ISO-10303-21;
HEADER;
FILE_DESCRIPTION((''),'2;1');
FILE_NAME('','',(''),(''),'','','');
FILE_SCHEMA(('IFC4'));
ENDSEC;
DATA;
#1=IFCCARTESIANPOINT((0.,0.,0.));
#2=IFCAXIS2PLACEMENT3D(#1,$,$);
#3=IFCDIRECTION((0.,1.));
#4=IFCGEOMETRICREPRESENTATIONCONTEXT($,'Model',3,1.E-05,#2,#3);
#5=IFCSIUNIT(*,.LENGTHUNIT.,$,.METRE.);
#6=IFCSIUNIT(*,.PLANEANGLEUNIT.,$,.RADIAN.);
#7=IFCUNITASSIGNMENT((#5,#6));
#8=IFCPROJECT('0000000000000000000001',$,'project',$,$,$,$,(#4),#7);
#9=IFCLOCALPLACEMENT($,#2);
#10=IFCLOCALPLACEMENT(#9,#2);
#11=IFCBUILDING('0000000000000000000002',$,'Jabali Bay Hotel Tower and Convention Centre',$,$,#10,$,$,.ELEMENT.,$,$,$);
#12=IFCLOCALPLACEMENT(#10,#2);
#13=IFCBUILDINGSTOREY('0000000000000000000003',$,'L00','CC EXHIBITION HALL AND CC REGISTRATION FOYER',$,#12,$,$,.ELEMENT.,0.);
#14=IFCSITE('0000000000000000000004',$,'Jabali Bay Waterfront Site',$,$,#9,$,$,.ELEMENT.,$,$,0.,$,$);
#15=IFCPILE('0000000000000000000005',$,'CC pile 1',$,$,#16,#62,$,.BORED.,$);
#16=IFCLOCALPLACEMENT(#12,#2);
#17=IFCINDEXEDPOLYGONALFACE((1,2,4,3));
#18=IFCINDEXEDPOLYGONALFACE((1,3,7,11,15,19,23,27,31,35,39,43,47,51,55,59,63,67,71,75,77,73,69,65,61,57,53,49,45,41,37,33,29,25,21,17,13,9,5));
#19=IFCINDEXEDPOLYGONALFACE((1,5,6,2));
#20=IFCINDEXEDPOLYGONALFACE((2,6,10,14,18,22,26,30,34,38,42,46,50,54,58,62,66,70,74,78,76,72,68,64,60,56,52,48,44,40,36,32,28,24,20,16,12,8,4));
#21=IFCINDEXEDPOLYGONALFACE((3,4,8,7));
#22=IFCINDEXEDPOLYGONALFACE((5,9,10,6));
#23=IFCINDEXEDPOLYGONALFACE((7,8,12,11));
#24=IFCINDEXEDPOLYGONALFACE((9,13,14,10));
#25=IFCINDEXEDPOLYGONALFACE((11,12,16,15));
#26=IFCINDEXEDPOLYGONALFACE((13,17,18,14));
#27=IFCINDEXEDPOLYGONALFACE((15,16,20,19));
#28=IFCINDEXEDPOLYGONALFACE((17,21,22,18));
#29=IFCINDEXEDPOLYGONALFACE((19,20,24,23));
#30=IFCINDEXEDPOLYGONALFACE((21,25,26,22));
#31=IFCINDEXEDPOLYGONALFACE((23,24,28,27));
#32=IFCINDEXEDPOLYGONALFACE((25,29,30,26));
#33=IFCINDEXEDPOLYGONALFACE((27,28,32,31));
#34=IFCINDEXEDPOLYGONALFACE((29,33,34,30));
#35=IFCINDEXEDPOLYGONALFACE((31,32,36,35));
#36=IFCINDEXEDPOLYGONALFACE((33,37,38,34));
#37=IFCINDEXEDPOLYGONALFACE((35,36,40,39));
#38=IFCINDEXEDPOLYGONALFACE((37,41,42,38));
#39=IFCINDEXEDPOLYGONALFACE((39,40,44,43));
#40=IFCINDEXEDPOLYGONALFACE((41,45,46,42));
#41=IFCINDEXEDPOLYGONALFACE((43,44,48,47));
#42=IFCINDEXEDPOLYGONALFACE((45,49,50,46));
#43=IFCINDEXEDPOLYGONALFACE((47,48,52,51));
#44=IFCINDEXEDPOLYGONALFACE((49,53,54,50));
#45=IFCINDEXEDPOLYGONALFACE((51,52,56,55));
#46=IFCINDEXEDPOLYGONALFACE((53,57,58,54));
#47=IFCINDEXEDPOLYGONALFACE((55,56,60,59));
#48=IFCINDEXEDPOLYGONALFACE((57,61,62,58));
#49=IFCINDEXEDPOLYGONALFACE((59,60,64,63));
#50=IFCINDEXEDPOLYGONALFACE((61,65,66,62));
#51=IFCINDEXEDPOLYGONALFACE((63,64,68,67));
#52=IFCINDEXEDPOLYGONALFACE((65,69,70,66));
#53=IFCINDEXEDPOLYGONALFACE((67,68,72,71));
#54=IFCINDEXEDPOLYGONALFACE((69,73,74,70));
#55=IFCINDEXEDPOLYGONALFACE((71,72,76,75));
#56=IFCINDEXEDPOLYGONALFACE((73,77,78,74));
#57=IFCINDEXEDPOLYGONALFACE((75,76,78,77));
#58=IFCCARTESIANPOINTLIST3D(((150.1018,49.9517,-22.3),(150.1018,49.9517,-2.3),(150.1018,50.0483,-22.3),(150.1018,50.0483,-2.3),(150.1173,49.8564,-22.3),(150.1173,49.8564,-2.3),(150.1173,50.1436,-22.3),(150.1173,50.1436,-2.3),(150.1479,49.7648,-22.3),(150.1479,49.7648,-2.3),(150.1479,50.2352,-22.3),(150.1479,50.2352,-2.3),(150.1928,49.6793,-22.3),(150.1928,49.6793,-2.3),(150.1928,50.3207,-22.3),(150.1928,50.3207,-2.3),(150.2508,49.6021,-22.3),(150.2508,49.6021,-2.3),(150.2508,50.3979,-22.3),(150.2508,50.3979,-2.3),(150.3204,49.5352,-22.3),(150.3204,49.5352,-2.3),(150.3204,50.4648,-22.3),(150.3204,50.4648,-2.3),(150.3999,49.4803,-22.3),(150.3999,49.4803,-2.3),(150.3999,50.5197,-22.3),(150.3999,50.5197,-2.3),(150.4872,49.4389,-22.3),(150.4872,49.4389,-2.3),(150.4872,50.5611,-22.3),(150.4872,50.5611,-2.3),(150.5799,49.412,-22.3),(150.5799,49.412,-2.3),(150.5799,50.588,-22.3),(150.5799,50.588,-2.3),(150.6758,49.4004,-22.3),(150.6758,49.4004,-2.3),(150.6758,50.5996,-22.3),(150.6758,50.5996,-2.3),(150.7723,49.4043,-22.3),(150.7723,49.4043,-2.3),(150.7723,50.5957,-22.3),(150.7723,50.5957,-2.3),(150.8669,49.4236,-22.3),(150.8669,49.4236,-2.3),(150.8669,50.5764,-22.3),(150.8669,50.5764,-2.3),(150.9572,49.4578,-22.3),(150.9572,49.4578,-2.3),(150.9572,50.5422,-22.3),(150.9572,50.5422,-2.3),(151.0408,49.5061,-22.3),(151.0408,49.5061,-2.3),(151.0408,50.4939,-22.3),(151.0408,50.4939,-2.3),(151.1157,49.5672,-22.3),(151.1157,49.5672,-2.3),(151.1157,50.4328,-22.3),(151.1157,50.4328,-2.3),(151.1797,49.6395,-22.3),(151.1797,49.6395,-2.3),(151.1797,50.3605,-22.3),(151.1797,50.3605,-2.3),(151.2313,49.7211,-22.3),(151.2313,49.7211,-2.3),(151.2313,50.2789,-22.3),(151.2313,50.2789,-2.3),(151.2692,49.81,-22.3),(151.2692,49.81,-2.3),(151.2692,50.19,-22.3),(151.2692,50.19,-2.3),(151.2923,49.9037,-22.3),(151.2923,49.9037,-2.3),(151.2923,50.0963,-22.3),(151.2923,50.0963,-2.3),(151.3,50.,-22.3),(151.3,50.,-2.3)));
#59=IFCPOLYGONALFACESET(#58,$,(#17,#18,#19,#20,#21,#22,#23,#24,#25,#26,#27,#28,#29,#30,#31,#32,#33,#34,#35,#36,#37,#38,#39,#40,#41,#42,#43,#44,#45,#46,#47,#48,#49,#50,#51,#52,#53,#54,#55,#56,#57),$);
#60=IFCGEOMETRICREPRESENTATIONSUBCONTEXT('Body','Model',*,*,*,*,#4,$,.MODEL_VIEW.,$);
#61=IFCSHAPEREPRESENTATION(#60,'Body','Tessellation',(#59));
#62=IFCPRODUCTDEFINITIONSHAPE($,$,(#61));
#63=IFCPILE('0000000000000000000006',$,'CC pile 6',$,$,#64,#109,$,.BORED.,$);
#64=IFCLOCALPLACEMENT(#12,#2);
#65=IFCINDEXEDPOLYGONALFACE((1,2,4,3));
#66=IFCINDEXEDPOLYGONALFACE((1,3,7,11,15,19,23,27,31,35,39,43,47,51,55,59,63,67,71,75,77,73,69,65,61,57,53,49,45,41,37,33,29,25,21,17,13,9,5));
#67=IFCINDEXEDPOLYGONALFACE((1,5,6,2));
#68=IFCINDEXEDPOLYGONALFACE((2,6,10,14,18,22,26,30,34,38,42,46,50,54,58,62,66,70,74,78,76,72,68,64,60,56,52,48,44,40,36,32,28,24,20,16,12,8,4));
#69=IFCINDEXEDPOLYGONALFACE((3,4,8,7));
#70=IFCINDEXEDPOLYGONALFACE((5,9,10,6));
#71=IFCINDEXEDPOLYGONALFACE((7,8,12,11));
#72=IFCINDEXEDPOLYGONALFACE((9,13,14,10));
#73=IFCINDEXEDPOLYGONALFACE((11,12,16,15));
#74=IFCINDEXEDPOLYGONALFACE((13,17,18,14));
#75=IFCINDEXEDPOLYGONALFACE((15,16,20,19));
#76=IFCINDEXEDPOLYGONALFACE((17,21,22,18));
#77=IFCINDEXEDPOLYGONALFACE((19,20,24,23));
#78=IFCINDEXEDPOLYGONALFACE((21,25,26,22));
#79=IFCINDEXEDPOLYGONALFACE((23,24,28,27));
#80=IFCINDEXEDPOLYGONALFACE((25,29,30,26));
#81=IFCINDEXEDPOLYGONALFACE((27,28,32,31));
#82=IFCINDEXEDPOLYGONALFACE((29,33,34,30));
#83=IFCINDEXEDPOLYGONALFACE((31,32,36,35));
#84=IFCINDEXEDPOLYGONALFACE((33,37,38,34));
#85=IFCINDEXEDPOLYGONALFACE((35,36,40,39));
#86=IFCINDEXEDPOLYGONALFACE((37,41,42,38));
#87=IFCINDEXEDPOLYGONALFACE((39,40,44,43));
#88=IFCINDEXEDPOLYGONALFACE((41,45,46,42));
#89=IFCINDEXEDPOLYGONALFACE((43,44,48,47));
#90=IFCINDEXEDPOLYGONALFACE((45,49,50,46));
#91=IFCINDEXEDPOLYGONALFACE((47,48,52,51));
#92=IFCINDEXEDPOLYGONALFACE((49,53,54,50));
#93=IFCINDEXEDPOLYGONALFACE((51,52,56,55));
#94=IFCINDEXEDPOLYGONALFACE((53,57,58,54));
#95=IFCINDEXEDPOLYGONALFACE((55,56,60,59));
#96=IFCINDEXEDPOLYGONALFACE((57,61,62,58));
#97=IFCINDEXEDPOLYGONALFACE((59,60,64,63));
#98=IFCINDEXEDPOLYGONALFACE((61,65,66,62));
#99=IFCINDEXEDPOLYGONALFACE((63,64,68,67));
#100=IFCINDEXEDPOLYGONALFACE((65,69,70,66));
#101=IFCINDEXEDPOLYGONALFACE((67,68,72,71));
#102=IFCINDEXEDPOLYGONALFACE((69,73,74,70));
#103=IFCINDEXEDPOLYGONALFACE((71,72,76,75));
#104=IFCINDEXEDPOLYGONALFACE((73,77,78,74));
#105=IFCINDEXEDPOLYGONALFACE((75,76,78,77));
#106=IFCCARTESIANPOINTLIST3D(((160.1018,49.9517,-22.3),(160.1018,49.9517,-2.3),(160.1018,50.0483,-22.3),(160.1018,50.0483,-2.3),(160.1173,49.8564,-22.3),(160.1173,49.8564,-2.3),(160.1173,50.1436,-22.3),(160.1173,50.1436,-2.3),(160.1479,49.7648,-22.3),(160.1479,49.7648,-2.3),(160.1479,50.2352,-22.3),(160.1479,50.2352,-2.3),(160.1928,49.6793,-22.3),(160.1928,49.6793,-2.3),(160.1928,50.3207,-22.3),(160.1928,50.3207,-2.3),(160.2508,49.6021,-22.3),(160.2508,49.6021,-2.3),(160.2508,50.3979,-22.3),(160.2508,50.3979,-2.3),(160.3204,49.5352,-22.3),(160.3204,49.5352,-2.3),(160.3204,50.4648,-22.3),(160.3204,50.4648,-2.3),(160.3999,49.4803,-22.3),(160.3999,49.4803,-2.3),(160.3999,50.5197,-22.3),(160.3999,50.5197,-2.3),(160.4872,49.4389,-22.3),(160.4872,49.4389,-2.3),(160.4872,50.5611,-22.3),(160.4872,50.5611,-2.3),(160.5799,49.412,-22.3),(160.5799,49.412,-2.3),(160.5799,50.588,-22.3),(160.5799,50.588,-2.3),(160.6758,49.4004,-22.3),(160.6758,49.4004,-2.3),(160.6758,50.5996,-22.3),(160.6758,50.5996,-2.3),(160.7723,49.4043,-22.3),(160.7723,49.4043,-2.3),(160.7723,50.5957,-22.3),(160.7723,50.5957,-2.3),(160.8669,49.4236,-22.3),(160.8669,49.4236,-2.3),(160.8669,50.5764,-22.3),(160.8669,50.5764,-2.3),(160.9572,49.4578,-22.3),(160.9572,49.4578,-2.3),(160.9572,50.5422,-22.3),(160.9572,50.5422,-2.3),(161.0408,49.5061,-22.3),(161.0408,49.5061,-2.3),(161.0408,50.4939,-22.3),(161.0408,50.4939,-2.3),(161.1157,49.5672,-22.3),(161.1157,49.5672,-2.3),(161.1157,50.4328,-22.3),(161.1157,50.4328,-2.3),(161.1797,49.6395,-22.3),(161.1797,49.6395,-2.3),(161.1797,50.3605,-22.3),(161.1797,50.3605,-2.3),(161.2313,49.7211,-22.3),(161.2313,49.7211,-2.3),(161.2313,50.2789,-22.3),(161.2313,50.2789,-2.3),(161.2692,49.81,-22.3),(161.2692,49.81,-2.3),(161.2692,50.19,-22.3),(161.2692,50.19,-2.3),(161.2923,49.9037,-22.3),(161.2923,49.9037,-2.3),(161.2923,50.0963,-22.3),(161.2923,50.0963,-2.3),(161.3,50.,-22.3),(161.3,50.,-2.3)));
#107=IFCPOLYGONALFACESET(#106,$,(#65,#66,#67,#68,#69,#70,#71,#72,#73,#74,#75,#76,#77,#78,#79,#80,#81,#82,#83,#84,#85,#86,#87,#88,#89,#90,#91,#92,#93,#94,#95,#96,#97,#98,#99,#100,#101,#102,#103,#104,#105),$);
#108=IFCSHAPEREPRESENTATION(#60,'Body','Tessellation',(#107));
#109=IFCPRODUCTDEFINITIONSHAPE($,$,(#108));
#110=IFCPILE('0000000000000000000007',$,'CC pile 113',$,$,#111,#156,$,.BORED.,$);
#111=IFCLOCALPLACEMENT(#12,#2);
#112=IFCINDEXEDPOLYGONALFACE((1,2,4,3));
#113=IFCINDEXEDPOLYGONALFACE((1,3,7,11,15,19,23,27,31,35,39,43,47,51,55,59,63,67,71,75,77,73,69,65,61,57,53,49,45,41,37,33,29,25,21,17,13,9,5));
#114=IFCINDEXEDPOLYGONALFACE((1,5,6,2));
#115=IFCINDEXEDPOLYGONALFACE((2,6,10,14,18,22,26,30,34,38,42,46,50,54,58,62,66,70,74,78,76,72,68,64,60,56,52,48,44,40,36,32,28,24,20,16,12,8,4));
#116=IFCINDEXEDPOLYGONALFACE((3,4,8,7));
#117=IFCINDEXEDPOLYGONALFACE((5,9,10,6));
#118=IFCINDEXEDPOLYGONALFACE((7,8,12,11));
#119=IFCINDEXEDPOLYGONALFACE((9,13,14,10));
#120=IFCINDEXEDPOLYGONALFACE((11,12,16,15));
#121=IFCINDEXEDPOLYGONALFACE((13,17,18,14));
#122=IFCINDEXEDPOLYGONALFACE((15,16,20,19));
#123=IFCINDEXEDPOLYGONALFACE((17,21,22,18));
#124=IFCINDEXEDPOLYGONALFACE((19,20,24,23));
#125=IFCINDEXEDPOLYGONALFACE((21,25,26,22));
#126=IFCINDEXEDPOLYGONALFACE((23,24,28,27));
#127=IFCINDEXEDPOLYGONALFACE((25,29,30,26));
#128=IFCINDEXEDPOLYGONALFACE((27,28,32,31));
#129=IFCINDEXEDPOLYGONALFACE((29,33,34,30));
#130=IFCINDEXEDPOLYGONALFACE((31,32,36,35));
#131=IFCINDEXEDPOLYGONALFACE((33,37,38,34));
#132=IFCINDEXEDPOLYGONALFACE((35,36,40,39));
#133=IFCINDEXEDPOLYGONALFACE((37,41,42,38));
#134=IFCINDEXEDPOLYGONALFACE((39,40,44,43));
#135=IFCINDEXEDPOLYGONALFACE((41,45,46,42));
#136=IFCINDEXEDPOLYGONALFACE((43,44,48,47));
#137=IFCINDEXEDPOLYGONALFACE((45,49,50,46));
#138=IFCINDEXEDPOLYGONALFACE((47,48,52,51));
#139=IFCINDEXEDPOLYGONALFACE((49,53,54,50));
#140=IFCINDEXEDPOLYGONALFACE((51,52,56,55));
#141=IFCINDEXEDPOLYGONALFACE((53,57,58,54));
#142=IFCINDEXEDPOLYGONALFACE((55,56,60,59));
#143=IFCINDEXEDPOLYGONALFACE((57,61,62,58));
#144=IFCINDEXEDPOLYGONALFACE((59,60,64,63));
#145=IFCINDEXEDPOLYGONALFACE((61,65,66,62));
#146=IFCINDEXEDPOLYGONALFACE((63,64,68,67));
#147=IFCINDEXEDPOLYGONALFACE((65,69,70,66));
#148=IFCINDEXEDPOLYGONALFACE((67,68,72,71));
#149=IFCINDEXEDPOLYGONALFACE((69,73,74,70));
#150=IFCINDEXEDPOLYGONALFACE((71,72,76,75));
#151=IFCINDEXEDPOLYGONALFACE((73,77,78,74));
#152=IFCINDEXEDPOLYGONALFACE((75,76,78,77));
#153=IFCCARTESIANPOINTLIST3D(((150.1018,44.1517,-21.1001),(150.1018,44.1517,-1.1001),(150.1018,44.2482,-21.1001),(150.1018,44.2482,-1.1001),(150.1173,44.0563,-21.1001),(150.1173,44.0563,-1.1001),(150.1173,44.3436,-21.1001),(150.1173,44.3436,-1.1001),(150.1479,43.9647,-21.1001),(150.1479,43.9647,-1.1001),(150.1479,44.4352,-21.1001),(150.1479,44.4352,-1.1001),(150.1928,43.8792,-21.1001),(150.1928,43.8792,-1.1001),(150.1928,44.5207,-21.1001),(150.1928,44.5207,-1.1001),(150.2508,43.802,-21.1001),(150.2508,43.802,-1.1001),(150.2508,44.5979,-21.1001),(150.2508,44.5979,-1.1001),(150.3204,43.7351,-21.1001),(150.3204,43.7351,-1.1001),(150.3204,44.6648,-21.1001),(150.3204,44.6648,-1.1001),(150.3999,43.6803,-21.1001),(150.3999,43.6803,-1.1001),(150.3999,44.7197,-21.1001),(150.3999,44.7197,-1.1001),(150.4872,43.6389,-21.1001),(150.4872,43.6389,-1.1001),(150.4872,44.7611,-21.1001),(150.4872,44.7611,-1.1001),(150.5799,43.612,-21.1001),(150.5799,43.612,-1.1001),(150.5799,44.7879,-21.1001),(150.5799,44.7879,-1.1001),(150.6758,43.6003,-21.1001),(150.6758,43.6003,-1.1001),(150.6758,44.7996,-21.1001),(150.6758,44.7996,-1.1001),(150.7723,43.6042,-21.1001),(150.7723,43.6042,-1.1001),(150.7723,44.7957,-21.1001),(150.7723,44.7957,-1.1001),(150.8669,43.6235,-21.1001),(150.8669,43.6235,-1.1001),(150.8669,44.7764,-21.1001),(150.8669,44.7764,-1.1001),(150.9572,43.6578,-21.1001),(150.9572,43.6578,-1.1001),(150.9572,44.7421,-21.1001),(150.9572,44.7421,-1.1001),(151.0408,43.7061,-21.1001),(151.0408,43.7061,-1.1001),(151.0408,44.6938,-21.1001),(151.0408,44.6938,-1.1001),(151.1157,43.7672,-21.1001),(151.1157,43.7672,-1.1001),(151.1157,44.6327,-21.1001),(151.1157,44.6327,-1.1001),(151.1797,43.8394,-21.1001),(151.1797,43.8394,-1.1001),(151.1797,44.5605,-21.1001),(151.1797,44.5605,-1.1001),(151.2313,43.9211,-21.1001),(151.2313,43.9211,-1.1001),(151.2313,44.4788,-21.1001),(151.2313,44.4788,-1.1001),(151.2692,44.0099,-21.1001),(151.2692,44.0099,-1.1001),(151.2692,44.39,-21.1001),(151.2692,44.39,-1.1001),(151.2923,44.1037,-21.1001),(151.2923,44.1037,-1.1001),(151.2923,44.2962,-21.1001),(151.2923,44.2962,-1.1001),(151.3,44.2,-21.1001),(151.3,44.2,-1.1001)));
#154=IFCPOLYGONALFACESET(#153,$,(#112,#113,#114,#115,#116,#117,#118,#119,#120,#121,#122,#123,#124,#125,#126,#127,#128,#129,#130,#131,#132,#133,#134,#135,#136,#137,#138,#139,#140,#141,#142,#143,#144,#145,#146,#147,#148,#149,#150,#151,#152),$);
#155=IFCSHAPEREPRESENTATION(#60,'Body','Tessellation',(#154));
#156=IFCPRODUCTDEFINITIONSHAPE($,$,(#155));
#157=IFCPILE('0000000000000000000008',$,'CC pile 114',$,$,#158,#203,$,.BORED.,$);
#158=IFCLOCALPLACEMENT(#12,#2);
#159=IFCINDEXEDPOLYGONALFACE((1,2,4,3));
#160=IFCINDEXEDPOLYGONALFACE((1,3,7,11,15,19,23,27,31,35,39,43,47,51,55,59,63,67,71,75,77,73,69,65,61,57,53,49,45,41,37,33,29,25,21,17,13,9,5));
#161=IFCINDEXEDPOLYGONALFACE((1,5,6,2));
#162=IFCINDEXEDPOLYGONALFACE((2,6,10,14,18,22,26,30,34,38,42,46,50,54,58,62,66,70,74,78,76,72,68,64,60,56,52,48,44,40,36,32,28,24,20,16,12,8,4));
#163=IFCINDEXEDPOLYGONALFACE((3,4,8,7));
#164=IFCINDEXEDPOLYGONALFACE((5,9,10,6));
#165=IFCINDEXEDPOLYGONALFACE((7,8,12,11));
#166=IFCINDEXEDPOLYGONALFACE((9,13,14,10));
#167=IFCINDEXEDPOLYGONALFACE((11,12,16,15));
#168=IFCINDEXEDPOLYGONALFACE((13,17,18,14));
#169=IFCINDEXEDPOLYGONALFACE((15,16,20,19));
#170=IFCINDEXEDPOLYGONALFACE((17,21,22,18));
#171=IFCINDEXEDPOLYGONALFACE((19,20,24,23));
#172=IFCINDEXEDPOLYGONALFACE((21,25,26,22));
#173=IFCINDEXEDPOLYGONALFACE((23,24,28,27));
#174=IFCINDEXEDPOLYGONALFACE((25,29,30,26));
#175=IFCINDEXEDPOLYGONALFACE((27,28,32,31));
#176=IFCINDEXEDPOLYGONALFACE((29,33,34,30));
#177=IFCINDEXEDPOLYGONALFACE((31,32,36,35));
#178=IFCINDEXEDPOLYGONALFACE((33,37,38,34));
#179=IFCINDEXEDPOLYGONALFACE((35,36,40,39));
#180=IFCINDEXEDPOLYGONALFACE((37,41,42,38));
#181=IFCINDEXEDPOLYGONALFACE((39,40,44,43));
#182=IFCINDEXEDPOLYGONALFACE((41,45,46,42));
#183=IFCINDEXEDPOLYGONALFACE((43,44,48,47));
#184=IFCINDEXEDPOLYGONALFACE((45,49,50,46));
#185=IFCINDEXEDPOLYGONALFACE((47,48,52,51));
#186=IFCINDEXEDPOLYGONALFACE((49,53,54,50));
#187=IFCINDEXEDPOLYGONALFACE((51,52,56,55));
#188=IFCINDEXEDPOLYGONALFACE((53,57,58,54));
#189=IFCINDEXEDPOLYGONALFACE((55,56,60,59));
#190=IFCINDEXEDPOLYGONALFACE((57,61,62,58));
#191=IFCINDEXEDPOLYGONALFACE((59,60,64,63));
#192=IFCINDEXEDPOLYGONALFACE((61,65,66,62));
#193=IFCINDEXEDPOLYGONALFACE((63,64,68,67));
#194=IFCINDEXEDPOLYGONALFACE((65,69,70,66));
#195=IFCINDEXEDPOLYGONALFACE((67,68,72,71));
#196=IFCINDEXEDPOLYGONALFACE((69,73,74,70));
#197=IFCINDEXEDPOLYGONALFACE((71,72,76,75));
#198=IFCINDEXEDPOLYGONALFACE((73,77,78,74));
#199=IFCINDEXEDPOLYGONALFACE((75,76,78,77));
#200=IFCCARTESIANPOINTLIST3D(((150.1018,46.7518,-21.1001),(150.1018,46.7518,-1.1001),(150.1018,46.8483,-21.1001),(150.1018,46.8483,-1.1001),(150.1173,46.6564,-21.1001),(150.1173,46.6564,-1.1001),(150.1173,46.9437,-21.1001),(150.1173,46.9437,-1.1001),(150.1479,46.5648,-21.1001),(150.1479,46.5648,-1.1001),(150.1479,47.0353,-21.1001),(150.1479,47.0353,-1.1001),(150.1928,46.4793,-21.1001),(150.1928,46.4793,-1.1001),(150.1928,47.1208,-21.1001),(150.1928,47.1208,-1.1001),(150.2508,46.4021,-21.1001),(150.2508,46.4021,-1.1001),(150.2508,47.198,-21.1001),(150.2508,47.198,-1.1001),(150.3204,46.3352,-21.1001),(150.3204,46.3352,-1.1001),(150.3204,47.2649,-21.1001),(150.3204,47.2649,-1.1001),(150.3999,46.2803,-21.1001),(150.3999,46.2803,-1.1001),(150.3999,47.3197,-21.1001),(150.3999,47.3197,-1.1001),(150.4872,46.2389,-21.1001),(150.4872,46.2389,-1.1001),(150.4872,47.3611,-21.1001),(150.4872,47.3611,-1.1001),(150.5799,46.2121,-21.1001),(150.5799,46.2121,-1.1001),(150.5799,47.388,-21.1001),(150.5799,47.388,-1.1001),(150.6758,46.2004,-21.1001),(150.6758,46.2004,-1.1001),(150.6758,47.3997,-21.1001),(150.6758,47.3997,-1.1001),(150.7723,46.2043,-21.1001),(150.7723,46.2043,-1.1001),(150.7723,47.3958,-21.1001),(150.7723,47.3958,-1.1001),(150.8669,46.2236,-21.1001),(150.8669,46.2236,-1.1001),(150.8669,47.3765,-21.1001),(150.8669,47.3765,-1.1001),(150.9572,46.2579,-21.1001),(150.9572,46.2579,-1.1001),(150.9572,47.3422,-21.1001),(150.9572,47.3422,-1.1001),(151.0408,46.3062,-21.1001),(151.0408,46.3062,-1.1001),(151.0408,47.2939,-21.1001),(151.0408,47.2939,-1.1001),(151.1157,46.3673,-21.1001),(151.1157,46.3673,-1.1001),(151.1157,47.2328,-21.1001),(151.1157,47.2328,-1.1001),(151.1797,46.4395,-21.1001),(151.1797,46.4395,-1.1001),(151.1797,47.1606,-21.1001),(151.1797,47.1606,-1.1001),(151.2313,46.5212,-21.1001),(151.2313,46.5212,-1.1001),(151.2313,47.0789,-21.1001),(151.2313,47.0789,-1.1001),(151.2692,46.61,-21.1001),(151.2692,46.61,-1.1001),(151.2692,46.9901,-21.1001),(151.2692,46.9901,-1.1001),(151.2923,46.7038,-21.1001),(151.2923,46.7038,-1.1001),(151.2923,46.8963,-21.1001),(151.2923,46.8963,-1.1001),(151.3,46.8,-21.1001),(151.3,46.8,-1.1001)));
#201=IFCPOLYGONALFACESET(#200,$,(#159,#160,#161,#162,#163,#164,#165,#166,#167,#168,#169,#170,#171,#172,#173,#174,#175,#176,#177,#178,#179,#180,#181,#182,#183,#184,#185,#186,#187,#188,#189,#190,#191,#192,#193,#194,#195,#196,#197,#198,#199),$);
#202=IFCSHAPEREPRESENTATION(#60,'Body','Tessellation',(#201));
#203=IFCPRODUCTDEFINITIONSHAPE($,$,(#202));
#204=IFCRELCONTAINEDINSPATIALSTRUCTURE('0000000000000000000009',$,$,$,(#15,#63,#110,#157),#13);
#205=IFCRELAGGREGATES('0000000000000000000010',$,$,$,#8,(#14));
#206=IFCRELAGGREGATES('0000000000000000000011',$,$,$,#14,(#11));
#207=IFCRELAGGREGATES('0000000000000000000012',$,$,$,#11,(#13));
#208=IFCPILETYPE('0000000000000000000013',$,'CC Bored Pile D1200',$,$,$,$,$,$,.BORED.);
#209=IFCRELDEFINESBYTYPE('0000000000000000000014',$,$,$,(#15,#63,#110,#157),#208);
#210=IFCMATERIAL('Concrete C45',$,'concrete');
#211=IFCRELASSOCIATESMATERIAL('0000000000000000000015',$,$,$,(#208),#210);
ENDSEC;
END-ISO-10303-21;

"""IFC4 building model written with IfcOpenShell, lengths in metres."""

from ifc_helpers import new_model, si_unit, direction, frame, origin, origin_2d, place, context, subcontext, project, spatial, circle, extrude, material, material_profile, profile_set, type_object, element, save


model = new_model("IFC4")

# Units and contexts
model_context = context("Model", 3, precision=1e-05, world=origin(), true_north=direction((0.0, 1.0)))
body_context = subcontext(model_context, "Body", "Model", "MODEL_VIEW")
ifc_project = project(units=[si_unit("LENGTHUNIT", "METRE"), si_unit("PLANEANGLEUNIT", "RADIAN")], contexts=[model_context])

# Site, building, storey
site_placement = place(None, origin())
site = spatial("IfcSite", under=ifc_project, at=site_placement, Name="Jabali Bay Waterfront Site", CompositionType="ELEMENT", RefElevation=0.0)
building_placement = place(site_placement, origin())
building = spatial("IfcBuilding", under=site, at=building_placement, Name="Jabali Bay Hotel Tower and Convention Centre", CompositionType="ELEMENT")
storey_placement = place(building_placement, origin())
storey = spatial("IfcBuildingStorey", under=building, at=storey_placement, Name="L00", Description="CC EXHIBITION HALL AND CC REGISTRATION FOYER", CompositionType="ELEMENT", Elevation=0.0)

# Piles
ifc_material_1 = material(Name="Concrete C45", Category="concrete")
ifc_material_profile_1 = material_profile(ifc_material_1, circle(Radius=0.6001, at=origin_2d()), Name="D1200")
ifc_profile_set_1 = profile_set([ifc_material_profile_1], Name="Concrete C45")
pile_type = type_object("IfcPileType", Name="CC Bored Pile D1200", PredefinedType="BORED", material=ifc_profile_set_1)
for number, where, z_axis, x_axis, name in (
    (1, (150.7, 50.0, -2.3), (0.0, 0.0, -1.0), (1.0, 0.0, 0.0), "CC pile 1"),
    (2, (160.7, 50.0, -2.3), (0.0, 0.0, -1.0), (1.0, 0.0, 0.0), "CC pile 6"),
    (3, (150.7, 44.2, -1.1001), (0.0, 0.0, -1.0), (1.0, 0.0, 0.0), "CC pile 113"),
    (4, (150.7, 46.8, -1.1001), (0.0, 0.0, -1.0), (1.0, 0.0, 0.0), "CC pile 114"),
):
    element("IfcPile", number, at=place(storey_placement, frame(where, z_axis=z_axis, x_axis=x_axis)), inside=storey, type_object=pile_type, Name=name, PredefinedType="BORED", context=body_context, shape_type="SweptSolid", body=[
        extrude(circle(Radius=0.6001, at=origin_2d()), origin(), (0.0, 0.0, 1.0), 20.0),
    ])

save(model, "model.ifc")
